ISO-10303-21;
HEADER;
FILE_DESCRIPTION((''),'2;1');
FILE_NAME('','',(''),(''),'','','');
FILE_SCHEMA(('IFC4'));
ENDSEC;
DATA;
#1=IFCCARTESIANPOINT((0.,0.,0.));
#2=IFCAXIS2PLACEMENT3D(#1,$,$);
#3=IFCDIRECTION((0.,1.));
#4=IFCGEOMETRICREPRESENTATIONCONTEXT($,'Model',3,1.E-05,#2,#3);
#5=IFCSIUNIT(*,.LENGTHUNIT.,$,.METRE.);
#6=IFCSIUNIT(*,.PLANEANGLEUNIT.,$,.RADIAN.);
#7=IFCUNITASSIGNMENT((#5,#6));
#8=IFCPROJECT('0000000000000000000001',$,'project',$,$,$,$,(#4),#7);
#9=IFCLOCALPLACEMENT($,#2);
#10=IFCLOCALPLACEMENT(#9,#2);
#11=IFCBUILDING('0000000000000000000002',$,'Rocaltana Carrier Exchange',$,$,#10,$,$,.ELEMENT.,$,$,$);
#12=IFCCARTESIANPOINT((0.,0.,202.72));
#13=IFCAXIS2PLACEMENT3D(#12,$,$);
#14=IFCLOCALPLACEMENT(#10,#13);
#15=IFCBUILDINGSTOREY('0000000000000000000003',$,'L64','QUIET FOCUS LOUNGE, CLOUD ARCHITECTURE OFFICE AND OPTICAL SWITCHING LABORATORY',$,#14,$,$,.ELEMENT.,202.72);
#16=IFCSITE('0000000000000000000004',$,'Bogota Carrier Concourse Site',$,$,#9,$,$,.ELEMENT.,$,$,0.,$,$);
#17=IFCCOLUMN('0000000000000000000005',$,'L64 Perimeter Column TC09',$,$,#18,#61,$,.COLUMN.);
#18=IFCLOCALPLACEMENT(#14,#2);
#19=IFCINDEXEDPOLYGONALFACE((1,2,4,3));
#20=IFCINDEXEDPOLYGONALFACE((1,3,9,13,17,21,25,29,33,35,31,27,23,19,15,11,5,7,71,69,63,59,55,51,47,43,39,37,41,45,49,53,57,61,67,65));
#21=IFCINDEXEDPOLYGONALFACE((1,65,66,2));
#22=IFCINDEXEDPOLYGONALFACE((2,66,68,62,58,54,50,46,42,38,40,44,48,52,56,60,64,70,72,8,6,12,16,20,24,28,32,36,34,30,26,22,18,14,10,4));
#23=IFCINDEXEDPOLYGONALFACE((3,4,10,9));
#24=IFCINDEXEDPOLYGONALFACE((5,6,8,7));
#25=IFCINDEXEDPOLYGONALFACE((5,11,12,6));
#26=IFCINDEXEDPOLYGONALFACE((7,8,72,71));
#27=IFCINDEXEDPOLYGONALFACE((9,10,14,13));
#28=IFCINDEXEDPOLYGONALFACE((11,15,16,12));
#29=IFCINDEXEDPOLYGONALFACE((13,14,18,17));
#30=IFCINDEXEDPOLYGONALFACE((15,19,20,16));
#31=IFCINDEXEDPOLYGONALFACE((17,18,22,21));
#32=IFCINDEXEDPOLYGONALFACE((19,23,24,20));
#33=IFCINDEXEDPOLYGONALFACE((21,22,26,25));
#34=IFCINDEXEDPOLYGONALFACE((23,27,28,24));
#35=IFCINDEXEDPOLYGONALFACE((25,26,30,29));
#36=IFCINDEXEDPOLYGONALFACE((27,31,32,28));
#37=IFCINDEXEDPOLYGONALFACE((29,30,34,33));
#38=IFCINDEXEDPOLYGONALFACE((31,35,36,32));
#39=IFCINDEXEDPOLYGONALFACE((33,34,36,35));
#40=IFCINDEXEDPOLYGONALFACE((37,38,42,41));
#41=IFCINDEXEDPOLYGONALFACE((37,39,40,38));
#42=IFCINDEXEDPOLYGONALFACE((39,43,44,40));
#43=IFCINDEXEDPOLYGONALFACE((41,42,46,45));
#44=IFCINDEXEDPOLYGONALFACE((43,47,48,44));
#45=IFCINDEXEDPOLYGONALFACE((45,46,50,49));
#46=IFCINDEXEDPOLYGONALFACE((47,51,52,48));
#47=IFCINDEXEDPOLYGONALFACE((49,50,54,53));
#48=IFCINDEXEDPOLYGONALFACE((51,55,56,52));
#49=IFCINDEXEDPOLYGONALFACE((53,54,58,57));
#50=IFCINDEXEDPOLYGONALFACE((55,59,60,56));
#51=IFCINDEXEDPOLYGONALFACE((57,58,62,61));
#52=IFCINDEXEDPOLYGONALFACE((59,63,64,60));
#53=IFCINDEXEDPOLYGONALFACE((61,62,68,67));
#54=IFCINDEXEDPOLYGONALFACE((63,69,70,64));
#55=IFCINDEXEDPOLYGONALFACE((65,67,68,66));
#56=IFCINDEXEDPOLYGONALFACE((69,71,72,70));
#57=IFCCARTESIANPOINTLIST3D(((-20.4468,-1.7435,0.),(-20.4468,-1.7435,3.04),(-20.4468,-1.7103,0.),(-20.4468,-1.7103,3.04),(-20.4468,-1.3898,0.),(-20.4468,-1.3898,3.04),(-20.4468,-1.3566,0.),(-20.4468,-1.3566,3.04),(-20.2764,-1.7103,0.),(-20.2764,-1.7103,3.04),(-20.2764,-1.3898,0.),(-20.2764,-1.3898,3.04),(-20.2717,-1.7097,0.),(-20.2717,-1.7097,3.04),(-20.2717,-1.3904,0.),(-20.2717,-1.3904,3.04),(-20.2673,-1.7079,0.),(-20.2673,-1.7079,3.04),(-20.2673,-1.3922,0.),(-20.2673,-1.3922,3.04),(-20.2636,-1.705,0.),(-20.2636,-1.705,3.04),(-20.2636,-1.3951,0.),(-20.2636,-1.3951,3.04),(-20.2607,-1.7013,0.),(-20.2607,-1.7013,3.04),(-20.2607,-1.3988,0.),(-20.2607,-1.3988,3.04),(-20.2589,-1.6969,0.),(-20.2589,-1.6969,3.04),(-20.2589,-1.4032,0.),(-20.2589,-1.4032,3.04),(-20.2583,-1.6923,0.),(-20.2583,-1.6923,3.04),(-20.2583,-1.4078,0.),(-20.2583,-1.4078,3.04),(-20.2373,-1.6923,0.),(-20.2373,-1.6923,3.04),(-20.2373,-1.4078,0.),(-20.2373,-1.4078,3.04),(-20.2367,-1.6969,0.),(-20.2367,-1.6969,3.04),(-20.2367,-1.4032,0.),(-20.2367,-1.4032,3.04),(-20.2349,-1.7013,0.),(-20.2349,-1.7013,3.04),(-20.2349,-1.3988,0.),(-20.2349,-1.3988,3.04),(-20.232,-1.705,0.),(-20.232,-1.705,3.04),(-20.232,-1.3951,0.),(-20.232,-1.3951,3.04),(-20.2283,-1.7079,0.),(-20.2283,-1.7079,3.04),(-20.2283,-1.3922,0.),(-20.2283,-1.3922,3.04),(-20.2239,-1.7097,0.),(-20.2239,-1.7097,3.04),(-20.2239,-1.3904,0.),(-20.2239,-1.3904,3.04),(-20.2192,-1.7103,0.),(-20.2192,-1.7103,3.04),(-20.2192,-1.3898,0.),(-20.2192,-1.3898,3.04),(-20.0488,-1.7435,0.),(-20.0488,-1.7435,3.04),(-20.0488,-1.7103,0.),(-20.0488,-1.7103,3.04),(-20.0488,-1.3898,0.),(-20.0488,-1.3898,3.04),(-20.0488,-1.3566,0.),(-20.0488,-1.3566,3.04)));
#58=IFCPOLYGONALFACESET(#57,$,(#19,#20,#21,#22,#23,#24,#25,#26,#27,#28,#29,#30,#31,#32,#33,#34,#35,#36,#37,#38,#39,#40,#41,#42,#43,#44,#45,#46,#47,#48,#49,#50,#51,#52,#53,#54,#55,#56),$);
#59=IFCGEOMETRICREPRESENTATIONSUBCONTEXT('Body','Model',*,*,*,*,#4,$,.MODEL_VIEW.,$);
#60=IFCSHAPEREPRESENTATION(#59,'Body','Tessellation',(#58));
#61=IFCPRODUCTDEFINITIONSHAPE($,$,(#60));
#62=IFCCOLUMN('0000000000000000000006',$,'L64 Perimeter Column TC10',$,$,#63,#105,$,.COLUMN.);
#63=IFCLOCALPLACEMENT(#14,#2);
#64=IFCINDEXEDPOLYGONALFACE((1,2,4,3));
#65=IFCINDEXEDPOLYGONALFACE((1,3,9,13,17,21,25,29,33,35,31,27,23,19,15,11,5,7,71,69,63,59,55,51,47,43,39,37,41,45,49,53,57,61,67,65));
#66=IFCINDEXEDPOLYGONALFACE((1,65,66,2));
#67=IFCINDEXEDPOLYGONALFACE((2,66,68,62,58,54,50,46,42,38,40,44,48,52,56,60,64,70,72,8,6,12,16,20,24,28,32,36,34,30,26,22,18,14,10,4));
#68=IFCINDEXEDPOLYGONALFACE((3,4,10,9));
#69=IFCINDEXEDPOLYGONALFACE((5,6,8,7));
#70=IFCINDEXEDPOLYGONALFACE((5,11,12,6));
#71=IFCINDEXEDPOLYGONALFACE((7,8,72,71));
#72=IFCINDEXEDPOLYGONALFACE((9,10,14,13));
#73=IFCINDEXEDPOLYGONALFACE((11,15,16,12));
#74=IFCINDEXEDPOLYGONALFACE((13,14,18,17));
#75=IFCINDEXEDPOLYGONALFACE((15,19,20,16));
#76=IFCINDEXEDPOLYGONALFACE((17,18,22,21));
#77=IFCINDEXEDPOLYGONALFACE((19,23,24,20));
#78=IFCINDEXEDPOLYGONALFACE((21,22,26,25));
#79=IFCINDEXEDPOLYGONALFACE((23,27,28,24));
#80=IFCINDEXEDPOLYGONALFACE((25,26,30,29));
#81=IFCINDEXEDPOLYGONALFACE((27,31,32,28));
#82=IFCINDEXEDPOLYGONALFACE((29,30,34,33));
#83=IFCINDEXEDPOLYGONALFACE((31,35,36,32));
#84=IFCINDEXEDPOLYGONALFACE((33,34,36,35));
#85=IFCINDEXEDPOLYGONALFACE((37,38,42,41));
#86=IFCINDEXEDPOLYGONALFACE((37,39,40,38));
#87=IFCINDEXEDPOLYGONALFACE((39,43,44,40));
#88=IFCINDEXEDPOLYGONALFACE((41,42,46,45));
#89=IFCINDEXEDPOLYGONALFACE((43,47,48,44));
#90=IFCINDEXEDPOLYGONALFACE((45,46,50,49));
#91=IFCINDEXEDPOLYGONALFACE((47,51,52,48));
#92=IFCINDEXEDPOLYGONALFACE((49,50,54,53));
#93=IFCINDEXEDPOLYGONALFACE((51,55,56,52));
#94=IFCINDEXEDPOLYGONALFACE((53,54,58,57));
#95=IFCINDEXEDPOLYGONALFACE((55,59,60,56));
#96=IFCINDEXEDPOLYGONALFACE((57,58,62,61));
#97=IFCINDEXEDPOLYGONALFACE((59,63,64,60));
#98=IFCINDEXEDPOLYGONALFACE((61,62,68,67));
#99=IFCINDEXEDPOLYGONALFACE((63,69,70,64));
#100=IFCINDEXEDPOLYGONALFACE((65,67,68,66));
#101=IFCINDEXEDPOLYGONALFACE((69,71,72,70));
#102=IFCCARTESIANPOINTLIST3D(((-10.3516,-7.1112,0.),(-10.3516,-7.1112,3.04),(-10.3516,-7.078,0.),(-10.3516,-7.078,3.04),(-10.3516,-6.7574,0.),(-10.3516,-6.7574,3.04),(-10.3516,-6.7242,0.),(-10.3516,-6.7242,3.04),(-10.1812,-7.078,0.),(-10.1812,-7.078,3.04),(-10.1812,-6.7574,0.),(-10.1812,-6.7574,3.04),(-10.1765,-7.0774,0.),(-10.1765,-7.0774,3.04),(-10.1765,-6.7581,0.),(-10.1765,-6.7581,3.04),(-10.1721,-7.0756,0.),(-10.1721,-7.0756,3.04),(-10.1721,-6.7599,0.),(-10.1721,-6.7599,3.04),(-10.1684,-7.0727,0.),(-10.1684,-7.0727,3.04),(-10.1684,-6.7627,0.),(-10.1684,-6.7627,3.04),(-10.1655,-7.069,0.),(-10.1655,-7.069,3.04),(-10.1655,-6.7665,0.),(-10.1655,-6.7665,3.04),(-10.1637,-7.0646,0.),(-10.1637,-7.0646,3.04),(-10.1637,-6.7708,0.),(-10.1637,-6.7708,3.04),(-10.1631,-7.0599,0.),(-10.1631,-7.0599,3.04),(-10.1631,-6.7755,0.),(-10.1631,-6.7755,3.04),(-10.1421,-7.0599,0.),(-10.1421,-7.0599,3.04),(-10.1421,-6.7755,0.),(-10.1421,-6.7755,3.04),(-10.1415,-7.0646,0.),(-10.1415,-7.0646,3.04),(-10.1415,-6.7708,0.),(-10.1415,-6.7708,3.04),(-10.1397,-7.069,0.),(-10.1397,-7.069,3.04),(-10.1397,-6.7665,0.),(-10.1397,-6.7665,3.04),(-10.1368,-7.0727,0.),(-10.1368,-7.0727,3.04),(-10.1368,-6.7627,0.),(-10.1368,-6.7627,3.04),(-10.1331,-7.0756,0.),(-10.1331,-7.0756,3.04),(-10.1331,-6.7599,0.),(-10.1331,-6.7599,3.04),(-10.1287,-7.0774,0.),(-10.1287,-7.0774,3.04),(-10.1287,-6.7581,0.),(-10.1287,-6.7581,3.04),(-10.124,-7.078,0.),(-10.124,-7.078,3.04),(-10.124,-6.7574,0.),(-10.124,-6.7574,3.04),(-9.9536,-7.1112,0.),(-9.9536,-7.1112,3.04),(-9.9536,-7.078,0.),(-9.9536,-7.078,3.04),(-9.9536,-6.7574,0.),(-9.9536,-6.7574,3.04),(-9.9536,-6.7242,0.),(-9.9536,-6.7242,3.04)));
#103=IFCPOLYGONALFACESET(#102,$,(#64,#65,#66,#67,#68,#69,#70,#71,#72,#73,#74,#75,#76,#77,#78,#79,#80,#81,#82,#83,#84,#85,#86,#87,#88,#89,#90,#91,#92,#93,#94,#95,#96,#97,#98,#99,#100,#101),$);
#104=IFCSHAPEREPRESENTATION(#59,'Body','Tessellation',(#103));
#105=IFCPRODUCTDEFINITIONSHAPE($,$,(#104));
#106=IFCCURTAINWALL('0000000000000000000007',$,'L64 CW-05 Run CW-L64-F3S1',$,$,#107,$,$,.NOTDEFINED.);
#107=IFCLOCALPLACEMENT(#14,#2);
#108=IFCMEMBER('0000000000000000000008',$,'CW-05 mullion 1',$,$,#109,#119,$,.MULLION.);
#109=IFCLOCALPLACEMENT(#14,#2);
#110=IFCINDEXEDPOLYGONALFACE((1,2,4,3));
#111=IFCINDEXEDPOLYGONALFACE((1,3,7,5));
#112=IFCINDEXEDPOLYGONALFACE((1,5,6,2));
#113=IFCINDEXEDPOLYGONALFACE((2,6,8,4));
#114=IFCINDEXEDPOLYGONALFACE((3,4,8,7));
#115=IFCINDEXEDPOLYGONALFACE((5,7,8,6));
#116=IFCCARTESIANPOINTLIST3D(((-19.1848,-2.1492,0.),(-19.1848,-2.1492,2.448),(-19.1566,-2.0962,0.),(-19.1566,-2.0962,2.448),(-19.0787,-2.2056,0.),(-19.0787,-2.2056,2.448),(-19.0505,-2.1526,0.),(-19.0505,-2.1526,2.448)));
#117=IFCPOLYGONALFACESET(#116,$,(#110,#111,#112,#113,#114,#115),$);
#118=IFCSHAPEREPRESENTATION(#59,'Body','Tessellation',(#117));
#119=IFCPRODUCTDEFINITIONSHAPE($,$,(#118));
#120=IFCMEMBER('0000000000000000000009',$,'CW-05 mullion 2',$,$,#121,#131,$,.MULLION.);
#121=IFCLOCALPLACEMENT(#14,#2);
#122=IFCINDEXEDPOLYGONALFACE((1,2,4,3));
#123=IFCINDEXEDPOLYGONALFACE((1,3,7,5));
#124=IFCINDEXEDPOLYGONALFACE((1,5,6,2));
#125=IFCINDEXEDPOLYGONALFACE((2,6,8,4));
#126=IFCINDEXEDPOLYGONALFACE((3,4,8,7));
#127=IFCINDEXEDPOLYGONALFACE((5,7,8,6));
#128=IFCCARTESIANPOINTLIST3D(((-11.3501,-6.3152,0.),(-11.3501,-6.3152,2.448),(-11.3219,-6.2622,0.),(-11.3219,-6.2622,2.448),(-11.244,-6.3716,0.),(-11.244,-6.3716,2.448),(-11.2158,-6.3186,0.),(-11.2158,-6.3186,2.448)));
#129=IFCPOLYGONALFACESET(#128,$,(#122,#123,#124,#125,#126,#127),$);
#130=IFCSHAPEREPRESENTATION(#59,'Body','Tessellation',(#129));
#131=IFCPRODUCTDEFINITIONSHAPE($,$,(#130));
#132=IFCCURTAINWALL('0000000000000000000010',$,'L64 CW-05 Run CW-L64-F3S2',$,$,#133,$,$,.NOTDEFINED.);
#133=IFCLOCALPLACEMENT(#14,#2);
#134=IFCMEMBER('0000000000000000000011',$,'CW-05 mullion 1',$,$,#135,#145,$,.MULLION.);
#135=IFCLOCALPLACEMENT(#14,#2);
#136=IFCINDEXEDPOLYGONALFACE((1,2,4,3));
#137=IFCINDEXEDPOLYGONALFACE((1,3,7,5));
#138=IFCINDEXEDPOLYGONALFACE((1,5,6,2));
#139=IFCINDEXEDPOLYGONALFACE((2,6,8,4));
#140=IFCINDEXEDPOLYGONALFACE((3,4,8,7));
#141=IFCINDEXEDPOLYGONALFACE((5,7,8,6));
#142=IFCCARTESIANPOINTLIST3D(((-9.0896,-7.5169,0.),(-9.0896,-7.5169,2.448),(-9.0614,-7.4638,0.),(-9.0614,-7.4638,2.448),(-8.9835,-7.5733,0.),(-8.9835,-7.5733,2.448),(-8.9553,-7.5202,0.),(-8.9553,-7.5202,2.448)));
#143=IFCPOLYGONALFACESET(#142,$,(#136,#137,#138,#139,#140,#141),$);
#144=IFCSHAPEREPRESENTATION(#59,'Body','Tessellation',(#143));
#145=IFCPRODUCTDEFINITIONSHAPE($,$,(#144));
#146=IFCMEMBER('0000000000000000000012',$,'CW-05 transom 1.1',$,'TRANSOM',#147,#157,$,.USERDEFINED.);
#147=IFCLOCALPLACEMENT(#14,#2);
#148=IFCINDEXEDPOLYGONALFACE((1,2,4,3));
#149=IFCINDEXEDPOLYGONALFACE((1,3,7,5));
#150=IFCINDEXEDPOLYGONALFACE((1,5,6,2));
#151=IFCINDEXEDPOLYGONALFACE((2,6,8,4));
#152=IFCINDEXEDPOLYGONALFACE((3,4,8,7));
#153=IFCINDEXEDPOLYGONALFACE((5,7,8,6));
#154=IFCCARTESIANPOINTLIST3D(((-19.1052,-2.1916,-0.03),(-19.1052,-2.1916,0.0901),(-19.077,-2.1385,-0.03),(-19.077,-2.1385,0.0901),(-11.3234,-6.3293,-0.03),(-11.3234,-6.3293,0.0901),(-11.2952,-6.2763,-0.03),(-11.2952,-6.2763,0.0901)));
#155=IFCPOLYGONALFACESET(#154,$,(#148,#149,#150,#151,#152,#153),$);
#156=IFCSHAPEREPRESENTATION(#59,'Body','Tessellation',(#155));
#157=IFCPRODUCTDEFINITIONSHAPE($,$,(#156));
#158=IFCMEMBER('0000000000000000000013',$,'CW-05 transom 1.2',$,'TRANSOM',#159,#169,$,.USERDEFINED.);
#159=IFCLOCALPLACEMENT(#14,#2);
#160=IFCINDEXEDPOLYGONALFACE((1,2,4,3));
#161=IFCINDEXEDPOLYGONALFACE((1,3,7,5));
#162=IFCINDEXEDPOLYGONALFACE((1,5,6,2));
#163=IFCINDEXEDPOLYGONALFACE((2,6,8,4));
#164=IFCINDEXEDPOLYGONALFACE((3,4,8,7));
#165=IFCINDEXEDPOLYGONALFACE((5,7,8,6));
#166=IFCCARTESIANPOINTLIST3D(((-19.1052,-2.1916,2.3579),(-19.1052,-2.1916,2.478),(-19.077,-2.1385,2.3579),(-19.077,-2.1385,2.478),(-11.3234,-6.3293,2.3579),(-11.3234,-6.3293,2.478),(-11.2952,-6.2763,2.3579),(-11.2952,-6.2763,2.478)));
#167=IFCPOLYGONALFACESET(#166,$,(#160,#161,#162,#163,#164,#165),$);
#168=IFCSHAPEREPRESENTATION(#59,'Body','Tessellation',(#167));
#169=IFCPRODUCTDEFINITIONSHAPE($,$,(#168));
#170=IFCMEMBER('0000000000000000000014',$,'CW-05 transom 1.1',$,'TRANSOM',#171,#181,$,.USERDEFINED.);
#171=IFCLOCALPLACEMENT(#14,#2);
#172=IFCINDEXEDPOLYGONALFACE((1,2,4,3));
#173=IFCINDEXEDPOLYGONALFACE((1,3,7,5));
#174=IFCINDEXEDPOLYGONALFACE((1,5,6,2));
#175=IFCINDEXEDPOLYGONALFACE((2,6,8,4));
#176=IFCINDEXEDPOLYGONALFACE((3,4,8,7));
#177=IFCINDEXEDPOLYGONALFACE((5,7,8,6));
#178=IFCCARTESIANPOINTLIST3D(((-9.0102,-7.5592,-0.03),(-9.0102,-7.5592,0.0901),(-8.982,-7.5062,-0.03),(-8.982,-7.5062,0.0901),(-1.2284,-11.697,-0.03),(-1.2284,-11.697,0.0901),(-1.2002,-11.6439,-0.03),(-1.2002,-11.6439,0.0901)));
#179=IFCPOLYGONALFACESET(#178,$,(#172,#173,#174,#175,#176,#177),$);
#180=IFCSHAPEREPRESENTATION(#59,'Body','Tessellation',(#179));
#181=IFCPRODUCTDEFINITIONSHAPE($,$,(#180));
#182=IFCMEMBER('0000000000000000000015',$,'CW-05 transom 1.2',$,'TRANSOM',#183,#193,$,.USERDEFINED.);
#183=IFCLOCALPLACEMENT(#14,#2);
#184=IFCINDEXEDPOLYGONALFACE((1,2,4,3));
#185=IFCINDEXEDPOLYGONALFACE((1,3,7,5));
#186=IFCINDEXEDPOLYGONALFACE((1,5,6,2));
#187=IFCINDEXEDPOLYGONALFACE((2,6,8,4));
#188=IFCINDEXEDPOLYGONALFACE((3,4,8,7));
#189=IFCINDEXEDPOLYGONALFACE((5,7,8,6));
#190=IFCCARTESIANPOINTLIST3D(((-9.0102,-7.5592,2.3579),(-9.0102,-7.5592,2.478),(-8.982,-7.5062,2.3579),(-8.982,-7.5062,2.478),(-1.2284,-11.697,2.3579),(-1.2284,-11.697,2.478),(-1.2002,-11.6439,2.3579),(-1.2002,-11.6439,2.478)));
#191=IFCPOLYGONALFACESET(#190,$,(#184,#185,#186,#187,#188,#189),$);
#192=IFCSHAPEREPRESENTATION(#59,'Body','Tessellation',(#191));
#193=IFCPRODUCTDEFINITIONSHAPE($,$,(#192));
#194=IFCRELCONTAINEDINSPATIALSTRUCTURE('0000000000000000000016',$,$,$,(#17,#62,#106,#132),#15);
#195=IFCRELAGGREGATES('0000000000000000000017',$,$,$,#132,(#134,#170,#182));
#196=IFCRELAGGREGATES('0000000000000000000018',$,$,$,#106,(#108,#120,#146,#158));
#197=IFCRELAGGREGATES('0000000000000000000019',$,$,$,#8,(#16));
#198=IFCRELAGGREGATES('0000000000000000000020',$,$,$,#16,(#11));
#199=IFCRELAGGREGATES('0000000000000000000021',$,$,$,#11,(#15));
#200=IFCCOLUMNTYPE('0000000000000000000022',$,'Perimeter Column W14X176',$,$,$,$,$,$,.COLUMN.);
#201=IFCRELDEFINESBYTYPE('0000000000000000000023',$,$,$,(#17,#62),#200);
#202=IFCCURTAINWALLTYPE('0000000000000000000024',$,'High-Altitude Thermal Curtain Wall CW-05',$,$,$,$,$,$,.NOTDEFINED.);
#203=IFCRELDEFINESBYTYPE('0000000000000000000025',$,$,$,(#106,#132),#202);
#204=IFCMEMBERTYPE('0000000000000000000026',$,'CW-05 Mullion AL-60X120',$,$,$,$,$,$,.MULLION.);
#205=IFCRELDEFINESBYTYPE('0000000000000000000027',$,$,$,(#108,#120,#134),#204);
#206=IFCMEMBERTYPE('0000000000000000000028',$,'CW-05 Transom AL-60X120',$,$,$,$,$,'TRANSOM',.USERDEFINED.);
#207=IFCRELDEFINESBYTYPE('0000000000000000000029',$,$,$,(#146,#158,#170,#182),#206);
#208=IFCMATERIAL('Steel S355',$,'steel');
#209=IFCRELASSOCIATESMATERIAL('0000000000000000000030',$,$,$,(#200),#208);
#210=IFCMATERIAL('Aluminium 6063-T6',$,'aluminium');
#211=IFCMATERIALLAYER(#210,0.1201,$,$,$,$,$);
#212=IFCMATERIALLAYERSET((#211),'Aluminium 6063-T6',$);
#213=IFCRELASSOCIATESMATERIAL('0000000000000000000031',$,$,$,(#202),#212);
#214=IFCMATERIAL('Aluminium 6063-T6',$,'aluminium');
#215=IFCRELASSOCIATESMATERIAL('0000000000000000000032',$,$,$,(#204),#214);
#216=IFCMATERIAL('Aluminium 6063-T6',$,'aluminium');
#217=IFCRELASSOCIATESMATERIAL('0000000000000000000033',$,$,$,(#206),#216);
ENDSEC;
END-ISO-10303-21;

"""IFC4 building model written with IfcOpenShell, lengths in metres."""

from ifc_helpers import new_model, si_unit, direction, frame, origin, origin_2d, place, context, subcontext, project, spatial, rectangle, i_section, extrude, material, layer, layer_set, material_profile, profile_set, type_object, element, aggregate, save


model = new_model("IFC4")

# Units and contexts
model_context = context("Model", 3, precision=1e-05, world=origin(), true_north=direction((0.0, 1.0)))
body_context = subcontext(model_context, "Body", "Model", "MODEL_VIEW")
ifc_project = project(units=[si_unit("LENGTHUNIT", "METRE"), si_unit("PLANEANGLEUNIT", "RADIAN")], contexts=[model_context])

# Site, building, storey
site_placement = place(None, origin())
site = spatial("IfcSite", under=ifc_project, at=site_placement, Name="Bogota Carrier Concourse Site", CompositionType="ELEMENT", RefElevation=0.0)
building_placement = place(site_placement, origin())
building = spatial("IfcBuilding", under=site, at=building_placement, Name="Rocaltana Carrier Exchange", CompositionType="ELEMENT")
storey_placement = place(building_placement, frame((0.0, 0.0, 202.72)))
storey = spatial("IfcBuildingStorey", under=building, at=storey_placement, Name="L64", Description="QUIET FOCUS LOUNGE, CLOUD ARCHITECTURE OFFICE AND OPTICAL SWITCHING LABORATORY", CompositionType="ELEMENT", Elevation=202.72)

# Columns
ifc_material_1 = material(Name="Steel S355", Category="steel")
ifc_material_profile_1 = material_profile(ifc_material_1, i_section(OverallWidth=0.3979, OverallDepth=0.387, WebThickness=0.021, FlangeThickness=0.0332, FilletRadius=0.0181, at=origin_2d()), Name="W14X176")
ifc_profile_set_1 = profile_set([ifc_material_profile_1], Name="Steel S355")
column_type = type_object("IfcColumnType", Name="Perimeter Column W14X176", PredefinedType="COLUMN", material=ifc_profile_set_1)
for number, where, z_axis, x_axis, name in (
    (1, (-20.2478, -1.55, 0.0), (0.0, 0.0, 1.0), (1.0, 0.0, 0.0), "L64 Perimeter Column TC09"),
    (2, (-10.1526, -6.9177, 0.0), (0.0, 0.0, 1.0), (1.0, 0.0, 0.0), "L64 Perimeter Column TC10"),
):
    element("IfcColumn", number, at=place(storey_placement, frame(where, z_axis=z_axis, x_axis=x_axis)), inside=storey, type_object=column_type, Name=name, PredefinedType="COLUMN", context=body_context, shape_type="SweptSolid", body=[
        extrude(i_section(OverallWidth=0.3979, OverallDepth=0.387, WebThickness=0.021, FlangeThickness=0.0332, FilletRadius=0.0181, at=origin_2d()), origin(), (0.0, 0.0, 1.0), 3.04),
    ])

# Curtain wall, members
ifc_material_2 = material(Name="Aluminium 6063-T6", Category="aluminium")
ifc_layer_1 = layer(ifc_material_2, 0.1201)
ifc_layer_set_1 = layer_set([ifc_layer_1], Name="Aluminium 6063-T6")
curtain_wall_type = type_object("IfcCurtainWallType", Name="High-Altitude Thermal Curtain Wall CW-05", PredefinedType="NOTDEFINED", material=ifc_layer_set_1)
curtain_wall_1_placement = place(storey_placement, origin())
curtain_wall_1 = element("IfcCurtainWall", 3, at=curtain_wall_1_placement, inside=storey, type_object=curtain_wall_type, Name="L64 CW-05 Run CW-L64-F3S1", PredefinedType="NOTDEFINED")
ifc_material_3 = material(Name="Aluminium 6063-T6", Category="aluminium")
ifc_material_profile_2 = material_profile(ifc_material_3, rectangle(XDim=0.0601, YDim=0.1201, at=origin_2d()), Name="AL-60X120")
ifc_profile_set_2 = profile_set([ifc_material_profile_2], Name="Aluminium 6063-T6")
member_type_1 = type_object("IfcMemberType", Name="CW-05 Mullion AL-60X120", PredefinedType="MULLION", material=ifc_profile_set_2)
member_1_placement = place(storey_placement, frame((-19.1177, -2.1509, 0.0), z_axis=(0.0, 0.0, 1.0), x_axis=(0.469483, 0.882941, 0.0)))
member_1 = element("IfcMember", 4, at=member_1_placement, type_object=member_type_1, Name="CW-05 mullion 1", PredefinedType="MULLION", context=body_context, shape_type="SweptSolid", body=[
    extrude(rectangle(XDim=0.0601, YDim=0.1201, at=origin_2d()), origin(), (0.0, 0.0, 1.0), 2.448),
])
member_2_placement = place(storey_placement, frame((-11.283, -6.3169, 0.0), z_axis=(0.0, 0.0, 1.0), x_axis=(0.469483, 0.882941, 0.0)))
member_2 = element("IfcMember", 5, at=member_2_placement, type_object=member_type_1, Name="CW-05 mullion 2", PredefinedType="MULLION", context=body_context, shape_type="SweptSolid", body=[
    extrude(rectangle(XDim=0.0601, YDim=0.1201, at=origin_2d()), origin(), (0.0, 0.0, 1.0), 2.448),
])

# Curtain wall, member
curtain_wall_2_placement = place(storey_placement, origin())
curtain_wall_2 = element("IfcCurtainWall", 6, at=curtain_wall_2_placement, inside=storey, type_object=curtain_wall_type, Name="L64 CW-05 Run CW-L64-F3S2", PredefinedType="NOTDEFINED")
member_3_placement = place(storey_placement, frame((-9.0225, -7.5186, 0.0), z_axis=(0.0, 0.0, 1.0), x_axis=(0.469479, 0.882943, 0.0)))
member_3 = element("IfcMember", 7, at=member_3_placement, type_object=member_type_1, Name="CW-05 mullion 1", PredefinedType="MULLION", context=body_context, shape_type="SweptSolid", body=[
    extrude(rectangle(XDim=0.0601, YDim=0.1201, at=origin_2d()), origin(), (0.0, 0.0, 1.0), 2.448),
])

# Members
ifc_material_4 = material(Name="Aluminium 6063-T6", Category="aluminium")
ifc_material_profile_3 = material_profile(ifc_material_4, rectangle(XDim=0.0601, YDim=0.1201, at=origin_2d()), Name="AL-60X120")
ifc_profile_set_3 = profile_set([ifc_material_profile_3], Name="Aluminium 6063-T6")
member_type_2 = type_object("IfcMemberType", Name="CW-05 Transom AL-60X120", ElementType="TRANSOM", PredefinedType="USERDEFINED", material=ifc_profile_set_3)
member_4_placement = place(storey_placement, frame((-19.0911, -2.165, 0.03), z_axis=(0.882944, -0.469478, 0.0), x_axis=(0.469478, 0.882944, 0.0)))
member_4 = element("IfcMember", 8, at=member_4_placement, type_object=member_type_2, Name="CW-05 transom 1.1", ObjectType="TRANSOM", PredefinedType="USERDEFINED", context=body_context, shape_type="SweptSolid", body=[
    extrude(rectangle(XDim=0.0601, YDim=0.1201, at=origin_2d()), origin(), (0.0, 0.0, 1.0), 8.8135),
])
member_5_placement = place(storey_placement, frame((-19.0911, -2.165, 2.418), z_axis=(0.882944, -0.469478, 0.0), x_axis=(0.469478, 0.882944, 0.0)))
member_5 = element("IfcMember", 9, at=member_5_placement, type_object=member_type_2, Name="CW-05 transom 1.2", ObjectType="TRANSOM", PredefinedType="USERDEFINED", context=body_context, shape_type="SweptSolid", body=[
    extrude(rectangle(XDim=0.0601, YDim=0.1201, at=origin_2d()), origin(), (0.0, 0.0, 1.0), 8.8135),
])
member_6_placement = place(storey_placement, frame((-8.9961, -7.5327, 0.03), z_axis=(0.882944, -0.469478, 0.0), x_axis=(0.469478, 0.882944, 0.0)))
member_6 = element("IfcMember", 10, at=member_6_placement, type_object=member_type_2, Name="CW-05 transom 1.1", ObjectType="TRANSOM", PredefinedType="USERDEFINED", context=body_context, shape_type="SweptSolid", body=[
    extrude(rectangle(XDim=0.0601, YDim=0.1201, at=origin_2d()), origin(), (0.0, 0.0, 1.0), 8.8135),
])
member_7_placement = place(storey_placement, frame((-8.9961, -7.5327, 2.418), z_axis=(0.882944, -0.469478, 0.0), x_axis=(0.469478, 0.882944, 0.0)))
member_7 = element("IfcMember", 11, at=member_7_placement, type_object=member_type_2, Name="CW-05 transom 1.2", ObjectType="TRANSOM", PredefinedType="USERDEFINED", context=body_context, shape_type="SweptSolid", body=[
    extrude(rectangle(XDim=0.0601, YDim=0.1201, at=origin_2d()), origin(), (0.0, 0.0, 1.0), 8.8135),
])
aggregate(curtain_wall_2, [member_3, member_6, member_7])

aggregate(curtain_wall_1, [member_1, member_2, member_4, member_5])

save(model, "model.ifc")
